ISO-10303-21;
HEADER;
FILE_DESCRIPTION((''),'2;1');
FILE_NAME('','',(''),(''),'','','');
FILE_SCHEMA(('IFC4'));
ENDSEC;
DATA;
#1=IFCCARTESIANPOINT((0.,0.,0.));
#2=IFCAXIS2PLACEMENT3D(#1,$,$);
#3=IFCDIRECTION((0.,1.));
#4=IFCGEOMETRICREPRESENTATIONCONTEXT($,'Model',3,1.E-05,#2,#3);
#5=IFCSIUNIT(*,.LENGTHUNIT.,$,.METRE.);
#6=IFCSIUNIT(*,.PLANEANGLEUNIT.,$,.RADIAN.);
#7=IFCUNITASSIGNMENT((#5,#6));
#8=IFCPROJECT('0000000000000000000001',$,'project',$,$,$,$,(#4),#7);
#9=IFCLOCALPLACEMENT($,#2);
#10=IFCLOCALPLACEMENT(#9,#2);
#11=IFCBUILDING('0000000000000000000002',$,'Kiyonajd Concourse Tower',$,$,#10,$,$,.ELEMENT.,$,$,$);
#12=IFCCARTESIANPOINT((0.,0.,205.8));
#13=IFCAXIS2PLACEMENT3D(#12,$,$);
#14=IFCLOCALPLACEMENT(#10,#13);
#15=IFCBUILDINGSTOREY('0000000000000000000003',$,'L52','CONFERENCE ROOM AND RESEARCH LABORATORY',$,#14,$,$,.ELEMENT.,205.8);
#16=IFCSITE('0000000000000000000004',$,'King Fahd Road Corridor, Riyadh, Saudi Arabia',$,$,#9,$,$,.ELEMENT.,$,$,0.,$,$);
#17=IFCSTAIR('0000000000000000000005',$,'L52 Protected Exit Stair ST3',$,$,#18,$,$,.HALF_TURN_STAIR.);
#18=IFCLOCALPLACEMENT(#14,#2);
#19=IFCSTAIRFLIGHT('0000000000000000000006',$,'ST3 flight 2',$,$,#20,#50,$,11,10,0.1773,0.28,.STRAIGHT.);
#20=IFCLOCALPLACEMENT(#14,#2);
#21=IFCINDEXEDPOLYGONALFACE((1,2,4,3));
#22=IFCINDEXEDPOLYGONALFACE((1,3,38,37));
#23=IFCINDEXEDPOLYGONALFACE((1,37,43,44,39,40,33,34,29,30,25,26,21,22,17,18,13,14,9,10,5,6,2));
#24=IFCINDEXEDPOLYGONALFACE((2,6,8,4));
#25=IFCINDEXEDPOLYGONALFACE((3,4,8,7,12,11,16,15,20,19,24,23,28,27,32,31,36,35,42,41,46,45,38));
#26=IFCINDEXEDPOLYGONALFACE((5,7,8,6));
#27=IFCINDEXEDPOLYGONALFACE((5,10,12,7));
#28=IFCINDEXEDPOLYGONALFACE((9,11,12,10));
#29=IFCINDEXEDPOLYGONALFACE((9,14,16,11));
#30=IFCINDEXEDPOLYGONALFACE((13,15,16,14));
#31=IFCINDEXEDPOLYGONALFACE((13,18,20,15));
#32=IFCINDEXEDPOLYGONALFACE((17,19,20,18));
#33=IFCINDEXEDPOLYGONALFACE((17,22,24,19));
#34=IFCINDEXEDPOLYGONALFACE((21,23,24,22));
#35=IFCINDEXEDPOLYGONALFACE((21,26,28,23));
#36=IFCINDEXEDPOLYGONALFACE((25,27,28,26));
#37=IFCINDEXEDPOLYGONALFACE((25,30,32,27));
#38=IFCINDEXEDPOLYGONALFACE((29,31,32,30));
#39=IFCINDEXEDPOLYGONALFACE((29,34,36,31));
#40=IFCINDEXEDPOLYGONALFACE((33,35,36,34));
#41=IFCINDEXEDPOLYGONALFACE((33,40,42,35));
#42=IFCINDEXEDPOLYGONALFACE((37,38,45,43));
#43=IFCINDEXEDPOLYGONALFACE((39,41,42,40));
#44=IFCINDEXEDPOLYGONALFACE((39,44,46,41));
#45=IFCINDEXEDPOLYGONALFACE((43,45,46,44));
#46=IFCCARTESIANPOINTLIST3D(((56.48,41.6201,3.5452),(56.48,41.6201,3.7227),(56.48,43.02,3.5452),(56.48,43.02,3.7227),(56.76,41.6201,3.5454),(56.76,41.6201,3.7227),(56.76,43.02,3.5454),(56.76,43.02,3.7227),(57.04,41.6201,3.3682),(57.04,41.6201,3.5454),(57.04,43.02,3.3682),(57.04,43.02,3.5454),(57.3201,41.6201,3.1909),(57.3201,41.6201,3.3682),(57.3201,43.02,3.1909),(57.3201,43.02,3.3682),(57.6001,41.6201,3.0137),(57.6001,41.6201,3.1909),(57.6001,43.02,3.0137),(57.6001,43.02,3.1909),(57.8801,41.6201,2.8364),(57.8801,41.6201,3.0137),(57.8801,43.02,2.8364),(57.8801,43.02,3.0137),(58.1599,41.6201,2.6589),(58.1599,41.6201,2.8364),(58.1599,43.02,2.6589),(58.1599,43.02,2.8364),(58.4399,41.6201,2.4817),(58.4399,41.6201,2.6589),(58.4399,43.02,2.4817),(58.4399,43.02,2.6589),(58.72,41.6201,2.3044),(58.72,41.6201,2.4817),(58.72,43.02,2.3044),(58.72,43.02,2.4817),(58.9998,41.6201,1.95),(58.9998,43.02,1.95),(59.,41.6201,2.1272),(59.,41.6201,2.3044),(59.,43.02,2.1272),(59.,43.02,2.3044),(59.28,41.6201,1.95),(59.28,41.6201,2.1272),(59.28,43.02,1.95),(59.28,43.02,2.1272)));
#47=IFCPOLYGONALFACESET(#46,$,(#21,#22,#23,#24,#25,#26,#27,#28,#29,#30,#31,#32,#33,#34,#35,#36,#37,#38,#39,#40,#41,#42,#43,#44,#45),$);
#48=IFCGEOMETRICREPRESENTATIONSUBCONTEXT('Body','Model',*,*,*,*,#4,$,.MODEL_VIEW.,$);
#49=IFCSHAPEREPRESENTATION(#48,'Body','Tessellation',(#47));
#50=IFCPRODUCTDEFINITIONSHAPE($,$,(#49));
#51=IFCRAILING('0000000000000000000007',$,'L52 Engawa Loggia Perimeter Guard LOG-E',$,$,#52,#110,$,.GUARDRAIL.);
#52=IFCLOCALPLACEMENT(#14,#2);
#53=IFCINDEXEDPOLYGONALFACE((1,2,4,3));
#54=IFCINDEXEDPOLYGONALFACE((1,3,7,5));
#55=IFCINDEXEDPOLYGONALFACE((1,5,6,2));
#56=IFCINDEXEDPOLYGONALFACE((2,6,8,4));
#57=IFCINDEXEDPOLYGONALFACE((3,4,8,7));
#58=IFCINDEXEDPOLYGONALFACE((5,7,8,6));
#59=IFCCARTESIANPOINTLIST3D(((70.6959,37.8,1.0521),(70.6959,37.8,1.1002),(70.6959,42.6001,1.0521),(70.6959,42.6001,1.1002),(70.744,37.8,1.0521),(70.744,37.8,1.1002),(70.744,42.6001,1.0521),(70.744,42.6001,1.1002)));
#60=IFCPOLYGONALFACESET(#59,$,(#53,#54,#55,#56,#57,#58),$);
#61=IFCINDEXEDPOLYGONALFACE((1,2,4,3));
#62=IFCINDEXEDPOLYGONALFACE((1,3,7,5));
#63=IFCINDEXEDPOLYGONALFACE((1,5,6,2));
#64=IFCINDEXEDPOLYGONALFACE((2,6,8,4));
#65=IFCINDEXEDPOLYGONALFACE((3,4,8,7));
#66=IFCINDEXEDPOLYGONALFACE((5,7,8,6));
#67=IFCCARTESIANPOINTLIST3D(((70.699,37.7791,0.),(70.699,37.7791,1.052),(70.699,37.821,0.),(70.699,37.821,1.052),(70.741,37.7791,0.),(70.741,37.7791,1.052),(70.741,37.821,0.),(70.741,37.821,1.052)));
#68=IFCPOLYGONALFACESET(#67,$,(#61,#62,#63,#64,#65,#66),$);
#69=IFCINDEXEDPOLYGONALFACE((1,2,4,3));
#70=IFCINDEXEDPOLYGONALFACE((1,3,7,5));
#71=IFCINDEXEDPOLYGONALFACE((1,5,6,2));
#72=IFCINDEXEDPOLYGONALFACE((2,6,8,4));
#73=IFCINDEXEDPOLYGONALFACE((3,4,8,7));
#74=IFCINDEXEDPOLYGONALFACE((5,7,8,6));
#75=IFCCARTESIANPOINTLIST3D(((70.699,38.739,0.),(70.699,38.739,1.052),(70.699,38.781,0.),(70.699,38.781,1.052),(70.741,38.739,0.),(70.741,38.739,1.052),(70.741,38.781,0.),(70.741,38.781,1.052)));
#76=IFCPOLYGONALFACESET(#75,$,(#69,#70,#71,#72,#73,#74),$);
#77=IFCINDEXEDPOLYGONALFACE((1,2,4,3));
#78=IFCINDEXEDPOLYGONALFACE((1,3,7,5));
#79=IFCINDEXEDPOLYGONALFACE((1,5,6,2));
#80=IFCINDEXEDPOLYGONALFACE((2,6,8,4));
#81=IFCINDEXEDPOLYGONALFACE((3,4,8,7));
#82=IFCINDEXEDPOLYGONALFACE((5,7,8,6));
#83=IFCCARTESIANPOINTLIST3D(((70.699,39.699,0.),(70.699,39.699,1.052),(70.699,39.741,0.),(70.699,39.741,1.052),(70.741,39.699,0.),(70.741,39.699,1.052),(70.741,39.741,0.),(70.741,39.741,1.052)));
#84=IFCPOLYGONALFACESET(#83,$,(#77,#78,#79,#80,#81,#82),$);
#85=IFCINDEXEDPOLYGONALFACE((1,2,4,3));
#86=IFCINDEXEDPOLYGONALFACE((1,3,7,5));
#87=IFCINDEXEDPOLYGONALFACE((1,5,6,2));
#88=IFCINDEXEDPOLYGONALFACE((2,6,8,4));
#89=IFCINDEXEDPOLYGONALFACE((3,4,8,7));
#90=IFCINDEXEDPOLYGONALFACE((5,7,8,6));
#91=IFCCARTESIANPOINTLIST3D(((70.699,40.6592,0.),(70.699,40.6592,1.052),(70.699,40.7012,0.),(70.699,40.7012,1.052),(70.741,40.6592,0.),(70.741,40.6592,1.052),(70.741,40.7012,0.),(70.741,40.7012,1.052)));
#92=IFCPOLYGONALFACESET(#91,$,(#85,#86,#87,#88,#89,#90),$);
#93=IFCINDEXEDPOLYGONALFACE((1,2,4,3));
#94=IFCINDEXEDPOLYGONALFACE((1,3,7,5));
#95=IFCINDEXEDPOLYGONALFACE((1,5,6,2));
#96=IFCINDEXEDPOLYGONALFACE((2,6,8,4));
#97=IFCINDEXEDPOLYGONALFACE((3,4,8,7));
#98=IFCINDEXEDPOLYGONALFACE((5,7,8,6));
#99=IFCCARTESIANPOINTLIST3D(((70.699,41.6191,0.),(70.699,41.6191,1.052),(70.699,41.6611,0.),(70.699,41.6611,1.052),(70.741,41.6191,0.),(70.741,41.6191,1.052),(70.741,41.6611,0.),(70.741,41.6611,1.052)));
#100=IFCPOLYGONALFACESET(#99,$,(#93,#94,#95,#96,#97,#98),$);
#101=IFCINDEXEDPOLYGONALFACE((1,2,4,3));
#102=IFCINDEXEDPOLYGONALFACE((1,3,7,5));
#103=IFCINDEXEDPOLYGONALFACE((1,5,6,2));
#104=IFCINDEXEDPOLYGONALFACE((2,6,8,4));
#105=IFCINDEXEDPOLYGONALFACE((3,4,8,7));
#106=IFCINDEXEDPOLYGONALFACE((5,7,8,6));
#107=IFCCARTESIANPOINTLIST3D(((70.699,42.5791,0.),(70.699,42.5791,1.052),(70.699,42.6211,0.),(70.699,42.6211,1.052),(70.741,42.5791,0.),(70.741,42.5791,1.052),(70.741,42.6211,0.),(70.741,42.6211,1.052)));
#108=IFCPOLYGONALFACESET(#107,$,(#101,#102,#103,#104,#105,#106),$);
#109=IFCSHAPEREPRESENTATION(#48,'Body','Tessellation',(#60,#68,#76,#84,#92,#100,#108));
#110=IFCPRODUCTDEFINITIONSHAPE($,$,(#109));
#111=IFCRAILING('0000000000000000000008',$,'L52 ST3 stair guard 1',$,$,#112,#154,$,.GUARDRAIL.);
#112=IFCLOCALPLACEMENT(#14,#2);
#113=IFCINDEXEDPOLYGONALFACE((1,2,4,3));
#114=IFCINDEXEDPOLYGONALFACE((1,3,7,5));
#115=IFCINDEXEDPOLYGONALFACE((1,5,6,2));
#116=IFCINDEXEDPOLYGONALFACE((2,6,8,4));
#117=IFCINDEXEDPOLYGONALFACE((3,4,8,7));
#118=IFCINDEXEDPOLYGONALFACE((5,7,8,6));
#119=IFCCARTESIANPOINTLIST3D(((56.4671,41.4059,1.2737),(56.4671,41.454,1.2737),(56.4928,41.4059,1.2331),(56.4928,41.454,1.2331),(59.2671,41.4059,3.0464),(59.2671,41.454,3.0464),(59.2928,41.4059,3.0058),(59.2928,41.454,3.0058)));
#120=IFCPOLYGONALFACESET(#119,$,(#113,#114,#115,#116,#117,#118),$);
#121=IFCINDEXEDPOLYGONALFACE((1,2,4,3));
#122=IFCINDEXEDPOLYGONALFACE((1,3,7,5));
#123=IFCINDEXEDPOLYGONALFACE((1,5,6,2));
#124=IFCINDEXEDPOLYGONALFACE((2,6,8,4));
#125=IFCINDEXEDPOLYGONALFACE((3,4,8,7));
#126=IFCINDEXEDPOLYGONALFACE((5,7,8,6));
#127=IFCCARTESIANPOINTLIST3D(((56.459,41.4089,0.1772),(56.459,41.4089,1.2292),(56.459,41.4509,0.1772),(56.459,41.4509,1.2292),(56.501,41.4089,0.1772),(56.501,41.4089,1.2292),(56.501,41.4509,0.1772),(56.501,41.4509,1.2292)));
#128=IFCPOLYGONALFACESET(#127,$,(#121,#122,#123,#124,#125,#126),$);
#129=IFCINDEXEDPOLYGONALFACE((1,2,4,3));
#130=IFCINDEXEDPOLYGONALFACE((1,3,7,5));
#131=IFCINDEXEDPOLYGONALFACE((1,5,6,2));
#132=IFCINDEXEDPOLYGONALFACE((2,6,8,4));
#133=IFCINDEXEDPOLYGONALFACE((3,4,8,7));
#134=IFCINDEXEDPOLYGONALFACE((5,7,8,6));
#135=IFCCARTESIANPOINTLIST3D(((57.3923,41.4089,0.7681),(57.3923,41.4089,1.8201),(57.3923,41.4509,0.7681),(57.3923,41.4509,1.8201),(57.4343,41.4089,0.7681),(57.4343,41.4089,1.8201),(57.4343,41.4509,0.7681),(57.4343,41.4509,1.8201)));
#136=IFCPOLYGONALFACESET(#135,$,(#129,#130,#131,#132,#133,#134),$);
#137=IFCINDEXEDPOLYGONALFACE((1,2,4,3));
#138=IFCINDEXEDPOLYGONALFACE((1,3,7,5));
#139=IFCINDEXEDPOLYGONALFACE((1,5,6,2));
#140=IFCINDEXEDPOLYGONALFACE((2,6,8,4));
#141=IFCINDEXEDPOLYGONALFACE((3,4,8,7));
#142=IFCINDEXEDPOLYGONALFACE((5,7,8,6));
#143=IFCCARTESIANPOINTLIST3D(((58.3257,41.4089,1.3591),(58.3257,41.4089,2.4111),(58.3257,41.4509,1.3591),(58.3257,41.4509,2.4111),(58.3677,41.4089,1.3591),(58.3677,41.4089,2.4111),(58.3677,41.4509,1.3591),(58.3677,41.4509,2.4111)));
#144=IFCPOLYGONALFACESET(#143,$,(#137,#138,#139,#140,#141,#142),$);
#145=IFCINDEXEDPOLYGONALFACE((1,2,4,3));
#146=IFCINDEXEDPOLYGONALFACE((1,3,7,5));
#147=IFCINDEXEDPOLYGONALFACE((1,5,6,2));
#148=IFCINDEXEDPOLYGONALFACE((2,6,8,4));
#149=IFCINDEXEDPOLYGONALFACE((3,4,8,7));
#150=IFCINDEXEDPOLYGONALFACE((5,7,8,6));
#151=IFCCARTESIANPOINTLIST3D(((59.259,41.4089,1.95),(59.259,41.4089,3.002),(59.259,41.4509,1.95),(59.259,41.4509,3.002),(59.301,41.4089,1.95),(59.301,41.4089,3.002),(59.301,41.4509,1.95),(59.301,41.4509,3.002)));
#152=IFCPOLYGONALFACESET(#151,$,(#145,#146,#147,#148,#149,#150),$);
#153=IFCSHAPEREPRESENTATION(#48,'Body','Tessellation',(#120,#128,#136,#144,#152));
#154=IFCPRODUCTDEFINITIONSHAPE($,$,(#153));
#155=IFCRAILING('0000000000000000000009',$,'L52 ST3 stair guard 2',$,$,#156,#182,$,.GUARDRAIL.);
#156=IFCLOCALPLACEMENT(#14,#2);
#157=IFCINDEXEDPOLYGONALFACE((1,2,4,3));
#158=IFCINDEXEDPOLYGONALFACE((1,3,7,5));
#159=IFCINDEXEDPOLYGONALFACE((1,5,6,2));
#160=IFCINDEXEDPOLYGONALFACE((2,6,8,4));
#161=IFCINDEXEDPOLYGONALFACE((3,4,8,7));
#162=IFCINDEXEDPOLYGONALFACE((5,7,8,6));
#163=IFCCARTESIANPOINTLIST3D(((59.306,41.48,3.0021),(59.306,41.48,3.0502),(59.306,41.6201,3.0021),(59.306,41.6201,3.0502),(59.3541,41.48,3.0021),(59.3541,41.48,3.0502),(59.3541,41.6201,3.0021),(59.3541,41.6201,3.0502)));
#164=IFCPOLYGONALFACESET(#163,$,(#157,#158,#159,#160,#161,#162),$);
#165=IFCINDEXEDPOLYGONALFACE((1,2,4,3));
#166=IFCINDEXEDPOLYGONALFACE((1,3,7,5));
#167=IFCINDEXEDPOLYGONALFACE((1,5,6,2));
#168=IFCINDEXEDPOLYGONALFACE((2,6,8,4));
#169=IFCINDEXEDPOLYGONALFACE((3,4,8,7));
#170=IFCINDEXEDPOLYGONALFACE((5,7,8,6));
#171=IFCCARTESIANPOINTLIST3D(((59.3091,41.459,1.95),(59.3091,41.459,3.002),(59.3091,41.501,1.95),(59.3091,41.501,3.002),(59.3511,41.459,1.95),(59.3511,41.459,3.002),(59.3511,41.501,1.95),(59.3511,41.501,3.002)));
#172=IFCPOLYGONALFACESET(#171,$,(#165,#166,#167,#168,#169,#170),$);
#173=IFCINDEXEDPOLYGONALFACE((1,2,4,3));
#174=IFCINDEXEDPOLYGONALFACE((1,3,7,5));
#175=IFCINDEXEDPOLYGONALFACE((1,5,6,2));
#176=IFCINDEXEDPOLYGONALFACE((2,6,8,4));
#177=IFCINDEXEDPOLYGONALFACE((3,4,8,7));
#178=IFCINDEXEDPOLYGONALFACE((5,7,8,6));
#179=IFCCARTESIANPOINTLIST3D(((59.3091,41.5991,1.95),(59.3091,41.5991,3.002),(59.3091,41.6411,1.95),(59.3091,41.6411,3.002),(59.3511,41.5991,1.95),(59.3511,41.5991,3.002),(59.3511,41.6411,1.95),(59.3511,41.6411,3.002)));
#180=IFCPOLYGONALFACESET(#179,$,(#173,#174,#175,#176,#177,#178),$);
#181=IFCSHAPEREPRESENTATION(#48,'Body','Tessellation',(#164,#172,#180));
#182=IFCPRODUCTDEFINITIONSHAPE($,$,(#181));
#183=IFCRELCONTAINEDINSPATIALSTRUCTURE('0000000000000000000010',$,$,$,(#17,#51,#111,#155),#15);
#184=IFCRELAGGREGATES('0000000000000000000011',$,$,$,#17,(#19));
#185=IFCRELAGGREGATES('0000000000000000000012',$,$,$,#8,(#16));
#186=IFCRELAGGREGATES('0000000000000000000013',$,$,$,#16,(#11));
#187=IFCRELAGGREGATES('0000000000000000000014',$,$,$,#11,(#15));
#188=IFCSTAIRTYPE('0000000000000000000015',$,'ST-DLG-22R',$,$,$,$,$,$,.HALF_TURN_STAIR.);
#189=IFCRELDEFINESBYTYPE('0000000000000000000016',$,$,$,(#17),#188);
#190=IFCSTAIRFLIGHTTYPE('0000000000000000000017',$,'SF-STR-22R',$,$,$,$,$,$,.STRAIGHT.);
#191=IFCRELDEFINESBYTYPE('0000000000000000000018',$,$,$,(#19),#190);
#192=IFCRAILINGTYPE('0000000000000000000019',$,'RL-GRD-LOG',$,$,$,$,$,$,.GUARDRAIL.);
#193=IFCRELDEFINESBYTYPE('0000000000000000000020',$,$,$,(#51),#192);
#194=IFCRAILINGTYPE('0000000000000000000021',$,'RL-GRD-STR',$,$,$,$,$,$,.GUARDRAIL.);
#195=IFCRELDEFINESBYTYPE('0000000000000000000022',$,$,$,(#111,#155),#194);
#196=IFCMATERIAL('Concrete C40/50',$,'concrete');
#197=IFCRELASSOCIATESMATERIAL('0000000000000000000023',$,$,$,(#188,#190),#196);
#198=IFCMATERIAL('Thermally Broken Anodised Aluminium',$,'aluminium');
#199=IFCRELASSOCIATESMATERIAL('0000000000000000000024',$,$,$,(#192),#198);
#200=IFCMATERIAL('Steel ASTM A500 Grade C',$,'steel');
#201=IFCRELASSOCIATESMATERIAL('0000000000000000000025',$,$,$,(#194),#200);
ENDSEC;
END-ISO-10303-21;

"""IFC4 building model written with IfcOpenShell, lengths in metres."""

from ifc_helpers import new_model, si_unit, direction, frame, origin, origin_2d, place, context, subcontext, project, spatial, polyline, rectangle, outline, extrude, material, type_object, element, aggregate, save


model = new_model("IFC4")

# Units and contexts
model_context = context("Model", 3, precision=1e-05, world=origin(), true_north=direction((0.0, 1.0)))
body_context = subcontext(model_context, "Body", "Model", "MODEL_VIEW")
ifc_project = project(units=[si_unit("LENGTHUNIT", "METRE"), si_unit("PLANEANGLEUNIT", "RADIAN")], contexts=[model_context])

# Site, building, storey
site_placement = place(None, origin())
site = spatial("IfcSite", under=ifc_project, at=site_placement, Name="King Fahd Road Corridor, Riyadh, Saudi Arabia", CompositionType="ELEMENT", RefElevation=0.0)
building_placement = place(site_placement, origin())
building = spatial("IfcBuilding", under=site, at=building_placement, Name="Kiyonajd Concourse Tower", CompositionType="ELEMENT")
storey_placement = place(building_placement, frame((0.0, 0.0, 205.8)))
storey = spatial("IfcBuildingStorey", under=building, at=storey_placement, Name="L52", Description="CONFERENCE ROOM AND RESEARCH LABORATORY", CompositionType="ELEMENT", Elevation=205.8)

# Shared definitions
ifc_material_1 = material(Name="Thermally Broken Anodised Aluminium", Category="aluminium")

# Stair, stair flight
ifc_material_2 = material(Name="Concrete C40/50", Category="concrete")
stair_type = type_object("IfcStairType", Name="ST-DLG-22R", PredefinedType="HALF_TURN_STAIR", material=ifc_material_2)
stair_placement = place(storey_placement, origin())
stair = element("IfcStair", 1, at=stair_placement, inside=storey, type_object=stair_type, Name="L52 Protected Exit Stair ST3", PredefinedType="HALF_TURN_STAIR")
stair_flight_type = type_object("IfcStairFlightType", Name="SF-STR-22R", PredefinedType="STRAIGHT", material=ifc_material_2)
stair_flight_placement = place(storey_placement, frame((59.28, 42.3201, 1.95), z_axis=(0.0, 0.0, 1.0), x_axis=(-1.0, 0.0, 0.0)))
stair_flight = element("IfcStairFlight", 2, at=stair_flight_placement, type_object=stair_flight_type, Name="ST3 flight 2", NumberOfRisers=11, NumberOfTreads=10, PredefinedType="STRAIGHT", RiserHeight=0.1773, TreadLength=0.28, context=body_context, shape_type="SweptSolid", body=[
    extrude(outline(polyline([(0.0, 0.0), (0.0, 0.1772), (0.28, 0.1772), (0.28, 0.3545), (0.5601, 0.3545), (0.5601, 0.5317), (0.8401, 0.5317), (0.8401, 0.709), (1.1201, 0.709), (1.1201, 0.8865), (1.3999, 0.8865), (1.3999, 1.0637), (1.6799, 1.0637), (1.6799, 1.241), (1.96, 1.241), (1.96, 1.4182), (2.24, 1.4182), (2.24, 1.5955), (2.52, 1.5955), (2.52, 1.7727), (2.8, 1.7727), (2.8, 1.95), (2.8, 1.5952), (0.2803, 0.0), (0.0, 0.0)])), frame((0.0, 0.7, 0.0), z_axis=(0.0, -1.0, 0.0), x_axis=(1.0, 0.0, 0.0)), (0.0, 0.0, 1.0), 1.3999),
])
aggregate(stair, [stair_flight])

# Railings
railing_type_1 = type_object("IfcRailingType", Name="RL-GRD-LOG", PredefinedType="GUARDRAIL", material=ifc_material_1)
railing_1_placement = place(storey_placement, frame((70.72, 37.8, 0.0)))
element("IfcRailing", 3, at=railing_1_placement, inside=storey, type_object=railing_type_1, Name="L52 Engawa Loggia Perimeter Guard LOG-E", PredefinedType="GUARDRAIL", context=body_context, shape_type="SweptSolid", body=[
    extrude(rectangle(XDim=0.0481, YDim=0.0481, at=origin_2d()), frame((0.0, 0.0, 1.0762), z_axis=(0.0, 1.0, 0.0), x_axis=(-1.0, 0.0, 0.0)), (0.0, 0.0, 1.0), 4.8),
    extrude(rectangle(XDim=0.042, YDim=0.042, at=origin_2d()), origin(), (0.0, 0.0, 1.0), 1.052),
    extrude(rectangle(XDim=0.042, YDim=0.042, at=origin_2d()), frame((0.0, 0.96, 0.0)), (0.0, 0.0, 1.0), 1.052),
    extrude(rectangle(XDim=0.042, YDim=0.042, at=origin_2d()), frame((0.0, 1.9199, 0.0)), (0.0, 0.0, 1.0), 1.052),
    extrude(rectangle(XDim=0.042, YDim=0.042, at=origin_2d()), frame((0.0, 2.8801, 0.0)), (0.0, 0.0, 1.0), 1.052),
    extrude(rectangle(XDim=0.042, YDim=0.042, at=origin_2d()), frame((0.0, 3.8401, 0.0)), (0.0, 0.0, 1.0), 1.052),
    extrude(rectangle(XDim=0.042, YDim=0.042, at=origin_2d()), frame((0.0, 4.8, 0.0)), (0.0, 0.0, 1.0), 1.052),
])
ifc_material_3 = material(Name="Steel ASTM A500 Grade C", Category="steel")
railing_type_2 = type_object("IfcRailingType", Name="RL-GRD-STR", PredefinedType="GUARDRAIL", material=ifc_material_3)
railing_2_placement = place(storey_placement, frame((56.48, 41.4299, 0.1772)))
element("IfcRailing", 4, at=railing_2_placement, inside=storey, type_object=railing_type_2, Name="L52 ST3 stair guard 1", PredefinedType="GUARDRAIL", context=body_context, shape_type="SweptSolid", body=[
    extrude(rectangle(XDim=0.0481, YDim=0.0481, at=origin_2d()), frame((0.0, 0.0, 1.0762), z_axis=(0.844909, 0.0, 0.53491), x_axis=(0.0, 1.0, 0.0)), (0.0, 0.0, 1.0), 3.314),
    extrude(rectangle(XDim=0.042, YDim=0.042, at=origin_2d()), origin(), (0.0, 0.0, 1.0), 1.052),
    extrude(rectangle(XDim=0.042, YDim=0.042, at=origin_2d()), frame((0.9333, 0.0, 0.5908)), (0.0, 0.0, 1.0), 1.052),
    extrude(rectangle(XDim=0.042, YDim=0.042, at=origin_2d()), frame((1.8667, 0.0, 1.1819)), (0.0, 0.0, 1.0), 1.052),
    extrude(rectangle(XDim=0.042, YDim=0.042, at=origin_2d()), frame((2.8, 0.0, 1.7727)), (0.0, 0.0, 1.0), 1.052),
])
railing_3_placement = place(storey_placement, frame((59.3301, 41.48, 1.95)))
element("IfcRailing", 5, at=railing_3_placement, inside=storey, type_object=railing_type_2, Name="L52 ST3 stair guard 2", PredefinedType="GUARDRAIL", context=body_context, shape_type="SweptSolid", body=[
    extrude(rectangle(XDim=0.0481, YDim=0.0481, at=origin_2d()), frame((0.0, 0.0, 1.0762), z_axis=(0.0, 1.0, 0.0), x_axis=(-1.0, 0.0, 0.0)), (0.0, 0.0, 1.0), 0.1401),
    extrude(rectangle(XDim=0.042, YDim=0.042, at=origin_2d()), origin(), (0.0, 0.0, 1.0), 1.052),
    extrude(rectangle(XDim=0.042, YDim=0.042, at=origin_2d()), frame((0.0, 0.1401, 0.0)), (0.0, 0.0, 1.0), 1.052),
])

save(model, "model.ifc")
